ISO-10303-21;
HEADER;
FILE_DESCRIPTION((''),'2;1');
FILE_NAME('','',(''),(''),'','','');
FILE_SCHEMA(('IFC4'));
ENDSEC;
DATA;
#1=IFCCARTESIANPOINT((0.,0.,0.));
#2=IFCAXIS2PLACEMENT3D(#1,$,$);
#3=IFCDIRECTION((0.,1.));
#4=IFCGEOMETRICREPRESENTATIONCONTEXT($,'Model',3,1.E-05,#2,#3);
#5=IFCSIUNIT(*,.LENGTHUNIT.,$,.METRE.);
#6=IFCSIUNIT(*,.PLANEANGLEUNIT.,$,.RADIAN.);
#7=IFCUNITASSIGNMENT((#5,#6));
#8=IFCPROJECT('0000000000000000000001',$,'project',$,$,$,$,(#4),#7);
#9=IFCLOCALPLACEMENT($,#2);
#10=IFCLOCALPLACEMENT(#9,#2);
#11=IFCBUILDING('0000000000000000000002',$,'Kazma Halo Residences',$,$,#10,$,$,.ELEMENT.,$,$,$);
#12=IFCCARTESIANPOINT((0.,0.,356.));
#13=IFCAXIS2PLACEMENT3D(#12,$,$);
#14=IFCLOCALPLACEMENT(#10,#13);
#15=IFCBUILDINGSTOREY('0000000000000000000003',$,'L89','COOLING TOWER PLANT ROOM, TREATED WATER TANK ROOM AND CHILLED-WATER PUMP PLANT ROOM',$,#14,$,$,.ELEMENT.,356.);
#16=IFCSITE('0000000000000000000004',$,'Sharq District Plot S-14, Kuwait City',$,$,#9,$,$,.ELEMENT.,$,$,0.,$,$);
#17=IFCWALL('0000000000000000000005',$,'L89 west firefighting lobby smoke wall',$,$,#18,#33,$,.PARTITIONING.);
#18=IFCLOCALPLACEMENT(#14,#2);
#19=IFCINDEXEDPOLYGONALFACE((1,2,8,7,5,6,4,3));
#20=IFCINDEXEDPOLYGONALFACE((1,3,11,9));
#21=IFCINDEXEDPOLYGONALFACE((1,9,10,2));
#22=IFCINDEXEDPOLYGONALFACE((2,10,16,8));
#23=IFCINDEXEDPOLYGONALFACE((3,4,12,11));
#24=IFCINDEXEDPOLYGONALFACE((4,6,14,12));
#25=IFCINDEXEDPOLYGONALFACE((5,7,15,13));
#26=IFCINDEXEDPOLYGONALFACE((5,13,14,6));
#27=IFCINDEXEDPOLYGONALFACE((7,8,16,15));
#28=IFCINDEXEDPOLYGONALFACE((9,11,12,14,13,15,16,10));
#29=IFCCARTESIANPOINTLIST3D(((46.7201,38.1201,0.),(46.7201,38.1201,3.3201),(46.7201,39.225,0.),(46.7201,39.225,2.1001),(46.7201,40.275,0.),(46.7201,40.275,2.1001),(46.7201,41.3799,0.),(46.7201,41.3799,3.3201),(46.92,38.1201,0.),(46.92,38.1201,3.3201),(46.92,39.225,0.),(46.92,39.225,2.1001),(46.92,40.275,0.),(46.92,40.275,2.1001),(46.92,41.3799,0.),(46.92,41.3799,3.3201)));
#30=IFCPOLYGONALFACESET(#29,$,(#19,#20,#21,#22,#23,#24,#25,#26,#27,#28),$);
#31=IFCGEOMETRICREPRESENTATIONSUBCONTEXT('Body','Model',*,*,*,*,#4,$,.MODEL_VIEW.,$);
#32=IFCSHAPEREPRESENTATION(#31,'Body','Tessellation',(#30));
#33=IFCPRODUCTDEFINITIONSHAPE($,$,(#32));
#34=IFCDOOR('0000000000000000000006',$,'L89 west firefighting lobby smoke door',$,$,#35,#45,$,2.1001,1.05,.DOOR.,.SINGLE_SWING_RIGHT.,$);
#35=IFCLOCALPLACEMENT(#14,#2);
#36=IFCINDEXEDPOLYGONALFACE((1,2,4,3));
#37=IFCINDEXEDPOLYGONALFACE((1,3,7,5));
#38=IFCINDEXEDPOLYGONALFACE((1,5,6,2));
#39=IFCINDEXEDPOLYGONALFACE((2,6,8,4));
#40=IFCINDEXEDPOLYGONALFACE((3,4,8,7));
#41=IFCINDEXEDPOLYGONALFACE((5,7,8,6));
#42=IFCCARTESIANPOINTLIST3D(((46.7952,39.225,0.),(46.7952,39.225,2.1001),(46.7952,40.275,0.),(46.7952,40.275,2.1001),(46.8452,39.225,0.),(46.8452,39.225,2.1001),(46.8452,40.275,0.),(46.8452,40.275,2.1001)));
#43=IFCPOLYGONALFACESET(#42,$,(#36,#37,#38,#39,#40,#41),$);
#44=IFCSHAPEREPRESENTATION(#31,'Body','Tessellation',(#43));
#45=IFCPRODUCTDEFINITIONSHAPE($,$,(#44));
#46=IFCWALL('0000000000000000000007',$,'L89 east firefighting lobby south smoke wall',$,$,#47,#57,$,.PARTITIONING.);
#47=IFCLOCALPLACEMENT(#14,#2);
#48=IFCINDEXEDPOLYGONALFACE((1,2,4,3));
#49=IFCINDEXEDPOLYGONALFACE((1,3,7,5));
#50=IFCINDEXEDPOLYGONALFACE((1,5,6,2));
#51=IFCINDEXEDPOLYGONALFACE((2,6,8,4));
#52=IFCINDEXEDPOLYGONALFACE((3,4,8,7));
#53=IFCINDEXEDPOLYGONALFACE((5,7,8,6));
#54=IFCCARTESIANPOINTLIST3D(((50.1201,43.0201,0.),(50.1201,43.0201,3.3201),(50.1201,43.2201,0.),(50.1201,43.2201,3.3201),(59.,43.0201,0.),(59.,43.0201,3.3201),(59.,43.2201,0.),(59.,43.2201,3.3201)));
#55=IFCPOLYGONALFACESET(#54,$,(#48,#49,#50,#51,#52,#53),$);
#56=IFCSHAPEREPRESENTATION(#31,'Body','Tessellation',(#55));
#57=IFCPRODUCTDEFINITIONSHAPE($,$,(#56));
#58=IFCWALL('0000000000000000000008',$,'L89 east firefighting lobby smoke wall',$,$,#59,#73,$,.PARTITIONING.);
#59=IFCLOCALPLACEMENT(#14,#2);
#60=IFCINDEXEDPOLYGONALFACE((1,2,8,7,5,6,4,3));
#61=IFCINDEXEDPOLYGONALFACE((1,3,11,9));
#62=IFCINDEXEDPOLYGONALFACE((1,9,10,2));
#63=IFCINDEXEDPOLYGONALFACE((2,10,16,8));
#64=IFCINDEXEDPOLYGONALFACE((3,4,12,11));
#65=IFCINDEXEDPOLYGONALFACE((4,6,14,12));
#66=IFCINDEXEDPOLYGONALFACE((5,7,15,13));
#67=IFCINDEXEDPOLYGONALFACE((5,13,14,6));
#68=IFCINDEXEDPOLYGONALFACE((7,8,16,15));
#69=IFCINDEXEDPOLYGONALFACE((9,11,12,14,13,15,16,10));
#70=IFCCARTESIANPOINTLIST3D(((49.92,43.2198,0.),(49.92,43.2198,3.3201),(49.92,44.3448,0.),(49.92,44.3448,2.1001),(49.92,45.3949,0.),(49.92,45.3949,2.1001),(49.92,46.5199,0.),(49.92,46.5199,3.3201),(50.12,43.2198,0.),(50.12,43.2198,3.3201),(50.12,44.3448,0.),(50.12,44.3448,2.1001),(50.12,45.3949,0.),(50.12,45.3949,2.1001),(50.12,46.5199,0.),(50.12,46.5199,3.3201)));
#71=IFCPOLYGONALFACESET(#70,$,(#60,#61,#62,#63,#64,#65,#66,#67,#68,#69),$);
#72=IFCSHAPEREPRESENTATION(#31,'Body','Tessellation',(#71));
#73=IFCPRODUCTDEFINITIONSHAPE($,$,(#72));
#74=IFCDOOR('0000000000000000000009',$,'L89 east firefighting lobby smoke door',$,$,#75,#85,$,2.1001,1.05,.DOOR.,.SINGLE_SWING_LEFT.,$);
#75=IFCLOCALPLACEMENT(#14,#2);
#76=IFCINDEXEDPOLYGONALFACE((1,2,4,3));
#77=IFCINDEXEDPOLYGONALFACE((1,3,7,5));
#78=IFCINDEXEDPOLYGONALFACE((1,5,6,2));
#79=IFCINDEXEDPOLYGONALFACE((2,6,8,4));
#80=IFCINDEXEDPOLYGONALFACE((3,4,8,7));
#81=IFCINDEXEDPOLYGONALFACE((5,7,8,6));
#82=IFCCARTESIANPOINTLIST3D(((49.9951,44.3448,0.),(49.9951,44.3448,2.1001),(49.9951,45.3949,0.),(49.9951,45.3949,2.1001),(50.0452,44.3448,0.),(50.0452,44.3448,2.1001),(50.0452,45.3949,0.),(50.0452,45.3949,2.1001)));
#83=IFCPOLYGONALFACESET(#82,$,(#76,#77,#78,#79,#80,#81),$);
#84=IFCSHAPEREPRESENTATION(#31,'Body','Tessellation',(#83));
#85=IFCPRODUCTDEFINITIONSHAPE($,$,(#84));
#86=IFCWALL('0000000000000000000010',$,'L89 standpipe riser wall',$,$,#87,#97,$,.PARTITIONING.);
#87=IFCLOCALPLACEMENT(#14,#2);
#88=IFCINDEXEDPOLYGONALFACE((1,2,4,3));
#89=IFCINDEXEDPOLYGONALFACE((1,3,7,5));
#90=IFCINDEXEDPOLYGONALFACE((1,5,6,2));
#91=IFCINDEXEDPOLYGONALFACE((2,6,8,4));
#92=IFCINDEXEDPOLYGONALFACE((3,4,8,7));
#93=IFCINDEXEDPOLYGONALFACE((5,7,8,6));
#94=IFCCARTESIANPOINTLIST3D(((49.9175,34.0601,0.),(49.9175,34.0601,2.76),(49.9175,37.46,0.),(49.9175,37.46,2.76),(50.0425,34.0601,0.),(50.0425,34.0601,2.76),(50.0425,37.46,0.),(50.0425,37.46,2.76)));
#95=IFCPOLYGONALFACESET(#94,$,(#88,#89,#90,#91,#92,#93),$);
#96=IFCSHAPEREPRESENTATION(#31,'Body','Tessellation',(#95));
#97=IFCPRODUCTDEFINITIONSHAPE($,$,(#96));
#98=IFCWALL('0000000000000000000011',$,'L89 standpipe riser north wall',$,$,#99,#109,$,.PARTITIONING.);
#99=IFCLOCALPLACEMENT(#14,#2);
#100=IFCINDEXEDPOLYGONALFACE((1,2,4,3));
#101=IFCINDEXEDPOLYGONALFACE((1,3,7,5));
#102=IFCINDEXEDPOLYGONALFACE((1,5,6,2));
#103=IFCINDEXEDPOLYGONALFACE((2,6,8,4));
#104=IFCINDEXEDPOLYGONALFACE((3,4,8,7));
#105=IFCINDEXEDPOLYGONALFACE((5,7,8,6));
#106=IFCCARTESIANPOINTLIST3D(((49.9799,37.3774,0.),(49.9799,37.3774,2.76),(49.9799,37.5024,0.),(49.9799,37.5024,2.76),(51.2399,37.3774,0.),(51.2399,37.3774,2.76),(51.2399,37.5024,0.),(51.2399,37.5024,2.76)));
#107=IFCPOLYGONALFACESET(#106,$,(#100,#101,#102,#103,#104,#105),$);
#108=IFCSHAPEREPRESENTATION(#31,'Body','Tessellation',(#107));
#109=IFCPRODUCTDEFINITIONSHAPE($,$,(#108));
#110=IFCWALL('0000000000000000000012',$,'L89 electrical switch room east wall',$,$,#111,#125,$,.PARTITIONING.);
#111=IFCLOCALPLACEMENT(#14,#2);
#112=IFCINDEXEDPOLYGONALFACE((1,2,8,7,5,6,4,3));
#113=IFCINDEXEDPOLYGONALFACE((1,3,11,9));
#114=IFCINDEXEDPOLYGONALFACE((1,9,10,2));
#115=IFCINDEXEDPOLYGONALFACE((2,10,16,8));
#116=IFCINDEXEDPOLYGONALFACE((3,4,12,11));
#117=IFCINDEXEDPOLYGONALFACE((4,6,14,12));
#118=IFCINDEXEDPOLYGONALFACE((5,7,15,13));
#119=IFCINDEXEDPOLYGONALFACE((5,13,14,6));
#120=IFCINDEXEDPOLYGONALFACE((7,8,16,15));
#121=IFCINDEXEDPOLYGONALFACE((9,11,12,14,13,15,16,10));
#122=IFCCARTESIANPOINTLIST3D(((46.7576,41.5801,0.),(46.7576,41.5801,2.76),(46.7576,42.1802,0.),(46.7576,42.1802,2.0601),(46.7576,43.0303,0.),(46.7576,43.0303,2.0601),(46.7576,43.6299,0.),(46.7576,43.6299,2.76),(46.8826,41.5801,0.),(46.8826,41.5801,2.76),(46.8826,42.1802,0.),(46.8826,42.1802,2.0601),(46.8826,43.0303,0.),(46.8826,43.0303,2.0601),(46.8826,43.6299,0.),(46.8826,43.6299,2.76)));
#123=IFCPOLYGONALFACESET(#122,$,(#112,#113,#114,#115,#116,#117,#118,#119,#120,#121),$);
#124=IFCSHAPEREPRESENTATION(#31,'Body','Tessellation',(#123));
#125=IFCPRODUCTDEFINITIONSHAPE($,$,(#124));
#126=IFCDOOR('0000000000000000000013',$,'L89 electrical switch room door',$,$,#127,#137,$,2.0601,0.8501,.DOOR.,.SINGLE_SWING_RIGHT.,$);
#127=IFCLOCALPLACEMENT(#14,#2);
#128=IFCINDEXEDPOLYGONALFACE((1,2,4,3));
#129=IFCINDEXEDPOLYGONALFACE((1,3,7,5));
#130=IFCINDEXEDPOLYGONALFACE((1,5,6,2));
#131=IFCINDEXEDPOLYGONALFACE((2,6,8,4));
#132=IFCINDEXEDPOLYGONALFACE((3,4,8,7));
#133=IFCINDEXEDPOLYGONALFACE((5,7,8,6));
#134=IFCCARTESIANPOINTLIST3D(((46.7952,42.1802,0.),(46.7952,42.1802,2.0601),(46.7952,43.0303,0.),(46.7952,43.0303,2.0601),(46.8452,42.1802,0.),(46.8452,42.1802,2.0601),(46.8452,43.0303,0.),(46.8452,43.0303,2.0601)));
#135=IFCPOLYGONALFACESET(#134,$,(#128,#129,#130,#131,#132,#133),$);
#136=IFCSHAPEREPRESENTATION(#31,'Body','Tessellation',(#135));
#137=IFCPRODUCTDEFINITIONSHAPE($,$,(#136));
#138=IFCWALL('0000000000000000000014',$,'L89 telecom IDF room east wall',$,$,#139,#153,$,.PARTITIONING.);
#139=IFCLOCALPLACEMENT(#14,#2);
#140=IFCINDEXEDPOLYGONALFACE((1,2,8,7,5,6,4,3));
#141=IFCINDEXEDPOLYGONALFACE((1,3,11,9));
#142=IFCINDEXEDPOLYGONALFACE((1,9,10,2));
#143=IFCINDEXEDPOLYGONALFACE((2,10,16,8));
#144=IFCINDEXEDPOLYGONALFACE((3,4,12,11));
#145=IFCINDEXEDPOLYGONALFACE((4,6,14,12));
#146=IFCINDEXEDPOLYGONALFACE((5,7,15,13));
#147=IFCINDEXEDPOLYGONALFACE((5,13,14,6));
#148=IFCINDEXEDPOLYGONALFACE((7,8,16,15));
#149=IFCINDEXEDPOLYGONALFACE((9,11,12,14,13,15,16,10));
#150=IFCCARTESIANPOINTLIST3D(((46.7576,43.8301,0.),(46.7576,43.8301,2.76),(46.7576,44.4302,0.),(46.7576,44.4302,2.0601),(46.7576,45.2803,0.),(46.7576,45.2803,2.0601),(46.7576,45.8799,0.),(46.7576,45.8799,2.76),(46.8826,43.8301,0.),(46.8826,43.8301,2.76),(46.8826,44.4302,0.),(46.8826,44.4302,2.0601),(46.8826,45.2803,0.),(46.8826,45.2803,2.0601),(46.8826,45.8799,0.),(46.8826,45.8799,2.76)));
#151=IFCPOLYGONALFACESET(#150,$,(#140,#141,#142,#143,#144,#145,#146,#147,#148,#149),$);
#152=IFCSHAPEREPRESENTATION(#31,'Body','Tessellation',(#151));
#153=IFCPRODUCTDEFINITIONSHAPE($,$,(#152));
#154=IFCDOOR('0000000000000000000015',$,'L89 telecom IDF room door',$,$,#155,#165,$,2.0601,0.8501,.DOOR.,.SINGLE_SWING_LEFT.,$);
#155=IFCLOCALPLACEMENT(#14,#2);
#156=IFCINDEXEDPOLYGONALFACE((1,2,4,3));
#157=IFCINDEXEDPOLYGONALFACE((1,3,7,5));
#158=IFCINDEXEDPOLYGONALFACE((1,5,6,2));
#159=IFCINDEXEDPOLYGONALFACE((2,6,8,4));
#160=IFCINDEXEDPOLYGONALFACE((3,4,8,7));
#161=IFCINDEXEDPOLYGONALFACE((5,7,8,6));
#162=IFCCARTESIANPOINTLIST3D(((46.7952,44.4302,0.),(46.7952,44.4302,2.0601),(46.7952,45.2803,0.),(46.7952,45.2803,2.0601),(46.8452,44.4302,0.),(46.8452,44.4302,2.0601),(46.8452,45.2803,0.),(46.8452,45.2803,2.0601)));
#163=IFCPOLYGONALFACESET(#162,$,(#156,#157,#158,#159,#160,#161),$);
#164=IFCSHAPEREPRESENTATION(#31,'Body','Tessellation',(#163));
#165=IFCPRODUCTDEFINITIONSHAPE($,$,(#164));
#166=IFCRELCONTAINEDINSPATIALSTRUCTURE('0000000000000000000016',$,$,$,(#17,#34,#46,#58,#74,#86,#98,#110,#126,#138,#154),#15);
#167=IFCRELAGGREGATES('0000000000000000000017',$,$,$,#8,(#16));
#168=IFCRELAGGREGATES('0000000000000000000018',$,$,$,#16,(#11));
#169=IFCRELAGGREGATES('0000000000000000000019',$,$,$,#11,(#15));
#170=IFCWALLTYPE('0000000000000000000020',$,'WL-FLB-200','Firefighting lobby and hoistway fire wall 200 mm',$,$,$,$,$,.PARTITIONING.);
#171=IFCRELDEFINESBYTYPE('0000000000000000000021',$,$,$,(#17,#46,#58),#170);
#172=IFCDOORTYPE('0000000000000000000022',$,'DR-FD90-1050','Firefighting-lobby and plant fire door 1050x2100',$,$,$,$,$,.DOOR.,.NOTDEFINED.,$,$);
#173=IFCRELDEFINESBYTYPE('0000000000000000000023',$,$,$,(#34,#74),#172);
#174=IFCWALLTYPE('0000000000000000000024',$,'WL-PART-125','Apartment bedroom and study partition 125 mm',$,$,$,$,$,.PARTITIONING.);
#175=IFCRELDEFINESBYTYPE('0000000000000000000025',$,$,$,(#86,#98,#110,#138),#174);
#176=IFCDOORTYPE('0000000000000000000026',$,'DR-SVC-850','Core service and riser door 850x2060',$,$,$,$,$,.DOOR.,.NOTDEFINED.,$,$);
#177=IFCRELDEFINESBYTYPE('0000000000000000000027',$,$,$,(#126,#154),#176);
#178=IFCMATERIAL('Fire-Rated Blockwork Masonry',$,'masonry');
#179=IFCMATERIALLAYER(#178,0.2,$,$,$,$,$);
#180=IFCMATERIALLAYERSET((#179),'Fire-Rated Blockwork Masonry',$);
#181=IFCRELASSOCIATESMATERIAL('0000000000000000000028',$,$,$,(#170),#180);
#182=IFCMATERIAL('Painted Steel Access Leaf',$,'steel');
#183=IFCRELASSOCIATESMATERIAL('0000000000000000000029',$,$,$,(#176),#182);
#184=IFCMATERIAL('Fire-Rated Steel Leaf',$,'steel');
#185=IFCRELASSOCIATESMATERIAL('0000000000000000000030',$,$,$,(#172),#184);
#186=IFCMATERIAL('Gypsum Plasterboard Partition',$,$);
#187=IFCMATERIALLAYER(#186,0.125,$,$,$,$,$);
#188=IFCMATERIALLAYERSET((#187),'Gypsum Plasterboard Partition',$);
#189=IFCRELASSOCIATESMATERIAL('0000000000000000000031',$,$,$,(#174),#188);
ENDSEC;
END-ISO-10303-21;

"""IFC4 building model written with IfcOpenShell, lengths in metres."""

from ifc_helpers import new_model, si_unit, direction, frame, frame_2d, origin, place, context, subcontext, project, spatial, rectangle, extrude, material, layer, layer_set, type_object, element, fill, save


model = new_model("IFC4")

# Units and contexts
model_context = context("Model", 3, precision=1e-05, world=origin(), true_north=direction((0.0, 1.0)))
body_context = subcontext(model_context, "Body", "Model", "MODEL_VIEW")
ifc_project = project(units=[si_unit("LENGTHUNIT", "METRE"), si_unit("PLANEANGLEUNIT", "RADIAN")], contexts=[model_context])

# Site, building, storey
site_placement = place(None, origin())
site = spatial("IfcSite", under=ifc_project, at=site_placement, Name="Sharq District Plot S-14, Kuwait City", CompositionType="ELEMENT", RefElevation=0.0)
building_placement = place(site_placement, origin())
building = spatial("IfcBuilding", under=site, at=building_placement, Name="Kazma Halo Residences", CompositionType="ELEMENT")
storey_placement = place(building_placement, frame((0.0, 0.0, 356.0)))
storey = spatial("IfcBuildingStorey", under=building, at=storey_placement, Name="L89", Description="COOLING TOWER PLANT ROOM, TREATED WATER TANK ROOM AND CHILLED-WATER PUMP PLANT ROOM", CompositionType="ELEMENT", Elevation=356.0)

# Shared definitions
ifc_material_1 = material(Name="Fire-Rated Blockwork Masonry", Category="masonry")
ifc_layer_1 = layer(ifc_material_1, 0.2)
ifc_layer_set_1 = layer_set([ifc_layer_1], Name="Fire-Rated Blockwork Masonry")
wall_type_1 = type_object("IfcWallType", Name="WL-FLB-200", Description="Firefighting lobby and hoistway fire wall 200 mm", PredefinedType="PARTITIONING", material=ifc_layer_set_1)
ifc_material_2 = material(Name="Painted Steel Access Leaf", Category="steel")
door_type_1 = type_object("IfcDoorType", Name="DR-SVC-850", Description="Core service and riser door 850x2060", OperationType="NOTDEFINED", PredefinedType="DOOR", material=ifc_material_2)

# Wall, opening, door
wall_1_placement = place(storey_placement, frame((46.8201, 38.1201, 0.0), z_axis=(0.0, 0.0, 1.0), x_axis=(0.0, 1.0, 0.0)))
wall_1 = element("IfcWall", 1, at=wall_1_placement, inside=storey, type_object=wall_type_1, Name="L89 west firefighting lobby smoke wall", PredefinedType="PARTITIONING", context=body_context, shape_type="SweptSolid", body=[
    extrude(rectangle(XDim=3.2598, YDim=0.2, at=frame_2d((1.6299, 0.0))), origin(), (0.0, 0.0, 1.0), 3.3201),
])
opening_1_placement = place(wall_1_placement, frame((1.105, 0.0, 0.0)))
opening_1 = element("IfcOpeningElement", 2, at=opening_1_placement, cuts=wall_1, PredefinedType="OPENING", context=body_context, shape_type="SweptSolid", body=[
    extrude(rectangle(XDim=1.05, YDim=2.1001, at=frame_2d((0.5249, 1.05))), frame((0.0, 0.1099, 0.0), z_axis=(0.0, -1.0, 0.0), x_axis=(1.0, 0.0, 0.0)), (0.0, 0.0, 1.0), 0.22),
])
ifc_material_3 = material(Name="Fire-Rated Steel Leaf", Category="steel")
door_type_2 = type_object("IfcDoorType", Name="DR-FD90-1050", Description="Firefighting-lobby and plant fire door 1050x2100", OperationType="NOTDEFINED", PredefinedType="DOOR", material=ifc_material_3)
door_1_placement = place(opening_1_placement, origin())
door_1 = element("IfcDoor", 3, at=door_1_placement, inside=storey, type_object=door_type_2, Name="L89 west firefighting lobby smoke door", OperationType="SINGLE_SWING_RIGHT", OverallHeight=2.1001, OverallWidth=1.05, PredefinedType="DOOR", context=body_context, shape_type="SweptSolid", body=[
    extrude(rectangle(XDim=1.05, YDim=2.1001, at=frame_2d((0.5249, 1.05))), frame((0.0, 0.0249, 0.0), z_axis=(0.0, -1.0, 0.0), x_axis=(1.0, 0.0, 0.0)), (0.0, 0.0, 1.0), 0.05),
])
fill(opening_1, door_1)

# Wall
wall_2_placement = place(storey_placement, frame((50.1201, 43.1201, 0.0), z_axis=(0.0, 0.0, 1.0), x_axis=(1.0, 0.0, 0.0)))
element("IfcWall", 4, at=wall_2_placement, inside=storey, type_object=wall_type_1, Name="L89 east firefighting lobby south smoke wall", PredefinedType="PARTITIONING", context=body_context, shape_type="SweptSolid", body=[
    extrude(rectangle(XDim=8.8799, YDim=0.2, at=frame_2d((4.4399, 0.0))), origin(), (0.0, 0.0, 1.0), 3.3201),
])

# Wall, opening, door
wall_3_placement = place(storey_placement, frame((50.02, 43.22, 0.0), z_axis=(0.0, 0.0, 1.0), x_axis=(0.0, 1.0, 0.0)))
wall_3 = element("IfcWall", 5, at=wall_3_placement, inside=storey, type_object=wall_type_1, Name="L89 east firefighting lobby smoke wall", PredefinedType="PARTITIONING", context=body_context, shape_type="SweptSolid", body=[
    extrude(rectangle(XDim=3.3, YDim=0.2, at=frame_2d((1.6499, 0.0))), origin(), (0.0, 0.0, 1.0), 3.3201),
])
opening_2_placement = place(wall_3_placement, frame((1.125, 0.0, 0.0)))
opening_2 = element("IfcOpeningElement", 6, at=opening_2_placement, cuts=wall_3, PredefinedType="OPENING", context=body_context, shape_type="SweptSolid", body=[
    extrude(rectangle(XDim=1.05, YDim=2.1001, at=frame_2d((0.5249, 1.05))), frame((0.0, 0.1099, 0.0), z_axis=(0.0, -1.0, 0.0), x_axis=(1.0, 0.0, 0.0)), (0.0, 0.0, 1.0), 0.22),
])
door_2_placement = place(opening_2_placement, origin())
door_2 = element("IfcDoor", 7, at=door_2_placement, inside=storey, type_object=door_type_2, Name="L89 east firefighting lobby smoke door", OperationType="SINGLE_SWING_LEFT", OverallHeight=2.1001, OverallWidth=1.05, PredefinedType="DOOR", context=body_context, shape_type="SweptSolid", body=[
    extrude(rectangle(XDim=1.05, YDim=2.1001, at=frame_2d((0.5249, 1.05))), frame((0.0, 0.0249, 0.0), z_axis=(0.0, -1.0, 0.0), x_axis=(1.0, 0.0, 0.0)), (0.0, 0.0, 1.0), 0.05),
])
fill(opening_2, door_2)

# Walls
ifc_material_4 = material(Name="Gypsum Plasterboard Partition")
ifc_layer_2 = layer(ifc_material_4, 0.125)
ifc_layer_set_2 = layer_set([ifc_layer_2], Name="Gypsum Plasterboard Partition")
wall_type_2 = type_object("IfcWallType", Name="WL-PART-125", Description="Apartment bedroom and study partition 125 mm", PredefinedType="PARTITIONING", material=ifc_layer_set_2)
wall_4_placement = place(storey_placement, frame((49.98, 34.0601, 0.0), z_axis=(0.0, 0.0, 1.0), x_axis=(0.0, 1.0, 0.0)))
element("IfcWall", 8, at=wall_4_placement, inside=storey, type_object=wall_type_2, Name="L89 standpipe riser wall", PredefinedType="PARTITIONING", context=body_context, shape_type="SweptSolid", body=[
    extrude(rectangle(XDim=3.3999, YDim=0.125, at=frame_2d((1.7, 0.0))), origin(), (0.0, 0.0, 1.0), 2.76),
])
wall_5_placement = place(storey_placement, frame((49.98, 37.4399, 0.0), z_axis=(0.0, 0.0, 1.0), x_axis=(1.0, 0.0, 0.0)))
element("IfcWall", 9, at=wall_5_placement, inside=storey, type_object=wall_type_2, Name="L89 standpipe riser north wall", PredefinedType="PARTITIONING", context=body_context, shape_type="SweptSolid", body=[
    extrude(rectangle(XDim=1.26, YDim=0.125, at=frame_2d((0.6299, 0.0))), origin(), (0.0, 0.0, 1.0), 2.76),
])

# Walls, openings, doors
wall_6_placement = place(storey_placement, frame((46.8201, 41.5801, 0.0), z_axis=(0.0, 0.0, 1.0), x_axis=(0.0, 1.0, 0.0)))
wall_6 = element("IfcWall", 10, at=wall_6_placement, inside=storey, type_object=wall_type_2, Name="L89 electrical switch room east wall", PredefinedType="PARTITIONING", context=body_context, shape_type="SweptSolid", body=[
    extrude(rectangle(XDim=2.0498, YDim=0.125, at=frame_2d((1.0249, 0.0))), origin(), (0.0, 0.0, 1.0), 2.76),
])
opening_3_placement = place(wall_6_placement, frame((0.6001, 0.0, 0.0)))
opening_3 = element("IfcOpeningElement", 11, at=opening_3_placement, cuts=wall_6, PredefinedType="OPENING", context=body_context, shape_type="SweptSolid", body=[
    extrude(rectangle(XDim=0.8501, YDim=2.0601, at=frame_2d((0.425, 1.03))), frame((0.0, 0.0725, 0.0), z_axis=(0.0, -1.0, 0.0), x_axis=(1.0, 0.0, 0.0)), (0.0, 0.0, 1.0), 0.145),
])
door_3_placement = place(opening_3_placement, origin())
door_3 = element("IfcDoor", 12, at=door_3_placement, inside=storey, type_object=door_type_1, Name="L89 electrical switch room door", OperationType="SINGLE_SWING_RIGHT", OverallHeight=2.0601, OverallWidth=0.8501, PredefinedType="DOOR", context=body_context, shape_type="SweptSolid", body=[
    extrude(rectangle(XDim=0.8501, YDim=2.0601, at=frame_2d((0.425, 1.03))), frame((0.0, 0.0249, 0.0), z_axis=(0.0, -1.0, 0.0), x_axis=(1.0, 0.0, 0.0)), (0.0, 0.0, 1.0), 0.05),
])
fill(opening_3, door_3)
wall_7_placement = place(storey_placement, frame((46.8201, 43.8301, 0.0), z_axis=(0.0, 0.0, 1.0), x_axis=(0.0, 1.0, 0.0)))
wall_7 = element("IfcWall", 13, at=wall_7_placement, inside=storey, type_object=wall_type_2, Name="L89 telecom IDF room east wall", PredefinedType="PARTITIONING", context=body_context, shape_type="SweptSolid", body=[
    extrude(rectangle(XDim=2.0498, YDim=0.125, at=frame_2d((1.0249, 0.0))), origin(), (0.0, 0.0, 1.0), 2.76),
])
opening_4_placement = place(wall_7_placement, frame((0.6001, 0.0, 0.0)))
opening_4 = element("IfcOpeningElement", 14, at=opening_4_placement, cuts=wall_7, PredefinedType="OPENING", context=body_context, shape_type="SweptSolid", body=[
    extrude(rectangle(XDim=0.8501, YDim=2.0601, at=frame_2d((0.425, 1.03))), frame((0.0, 0.0725, 0.0), z_axis=(0.0, -1.0, 0.0), x_axis=(1.0, 0.0, 0.0)), (0.0, 0.0, 1.0), 0.145),
])
door_4_placement = place(opening_4_placement, origin())
door_4 = element("IfcDoor", 15, at=door_4_placement, inside=storey, type_object=door_type_1, Name="L89 telecom IDF room door", OperationType="SINGLE_SWING_LEFT", OverallHeight=2.0601, OverallWidth=0.8501, PredefinedType="DOOR", context=body_context, shape_type="SweptSolid", body=[
    extrude(rectangle(XDim=0.8501, YDim=2.0601, at=frame_2d((0.425, 1.03))), frame((0.0, 0.0249, 0.0), z_axis=(0.0, -1.0, 0.0), x_axis=(1.0, 0.0, 0.0)), (0.0, 0.0, 1.0), 0.05),
])
fill(opening_4, door_4)

save(model, "model.ifc")
